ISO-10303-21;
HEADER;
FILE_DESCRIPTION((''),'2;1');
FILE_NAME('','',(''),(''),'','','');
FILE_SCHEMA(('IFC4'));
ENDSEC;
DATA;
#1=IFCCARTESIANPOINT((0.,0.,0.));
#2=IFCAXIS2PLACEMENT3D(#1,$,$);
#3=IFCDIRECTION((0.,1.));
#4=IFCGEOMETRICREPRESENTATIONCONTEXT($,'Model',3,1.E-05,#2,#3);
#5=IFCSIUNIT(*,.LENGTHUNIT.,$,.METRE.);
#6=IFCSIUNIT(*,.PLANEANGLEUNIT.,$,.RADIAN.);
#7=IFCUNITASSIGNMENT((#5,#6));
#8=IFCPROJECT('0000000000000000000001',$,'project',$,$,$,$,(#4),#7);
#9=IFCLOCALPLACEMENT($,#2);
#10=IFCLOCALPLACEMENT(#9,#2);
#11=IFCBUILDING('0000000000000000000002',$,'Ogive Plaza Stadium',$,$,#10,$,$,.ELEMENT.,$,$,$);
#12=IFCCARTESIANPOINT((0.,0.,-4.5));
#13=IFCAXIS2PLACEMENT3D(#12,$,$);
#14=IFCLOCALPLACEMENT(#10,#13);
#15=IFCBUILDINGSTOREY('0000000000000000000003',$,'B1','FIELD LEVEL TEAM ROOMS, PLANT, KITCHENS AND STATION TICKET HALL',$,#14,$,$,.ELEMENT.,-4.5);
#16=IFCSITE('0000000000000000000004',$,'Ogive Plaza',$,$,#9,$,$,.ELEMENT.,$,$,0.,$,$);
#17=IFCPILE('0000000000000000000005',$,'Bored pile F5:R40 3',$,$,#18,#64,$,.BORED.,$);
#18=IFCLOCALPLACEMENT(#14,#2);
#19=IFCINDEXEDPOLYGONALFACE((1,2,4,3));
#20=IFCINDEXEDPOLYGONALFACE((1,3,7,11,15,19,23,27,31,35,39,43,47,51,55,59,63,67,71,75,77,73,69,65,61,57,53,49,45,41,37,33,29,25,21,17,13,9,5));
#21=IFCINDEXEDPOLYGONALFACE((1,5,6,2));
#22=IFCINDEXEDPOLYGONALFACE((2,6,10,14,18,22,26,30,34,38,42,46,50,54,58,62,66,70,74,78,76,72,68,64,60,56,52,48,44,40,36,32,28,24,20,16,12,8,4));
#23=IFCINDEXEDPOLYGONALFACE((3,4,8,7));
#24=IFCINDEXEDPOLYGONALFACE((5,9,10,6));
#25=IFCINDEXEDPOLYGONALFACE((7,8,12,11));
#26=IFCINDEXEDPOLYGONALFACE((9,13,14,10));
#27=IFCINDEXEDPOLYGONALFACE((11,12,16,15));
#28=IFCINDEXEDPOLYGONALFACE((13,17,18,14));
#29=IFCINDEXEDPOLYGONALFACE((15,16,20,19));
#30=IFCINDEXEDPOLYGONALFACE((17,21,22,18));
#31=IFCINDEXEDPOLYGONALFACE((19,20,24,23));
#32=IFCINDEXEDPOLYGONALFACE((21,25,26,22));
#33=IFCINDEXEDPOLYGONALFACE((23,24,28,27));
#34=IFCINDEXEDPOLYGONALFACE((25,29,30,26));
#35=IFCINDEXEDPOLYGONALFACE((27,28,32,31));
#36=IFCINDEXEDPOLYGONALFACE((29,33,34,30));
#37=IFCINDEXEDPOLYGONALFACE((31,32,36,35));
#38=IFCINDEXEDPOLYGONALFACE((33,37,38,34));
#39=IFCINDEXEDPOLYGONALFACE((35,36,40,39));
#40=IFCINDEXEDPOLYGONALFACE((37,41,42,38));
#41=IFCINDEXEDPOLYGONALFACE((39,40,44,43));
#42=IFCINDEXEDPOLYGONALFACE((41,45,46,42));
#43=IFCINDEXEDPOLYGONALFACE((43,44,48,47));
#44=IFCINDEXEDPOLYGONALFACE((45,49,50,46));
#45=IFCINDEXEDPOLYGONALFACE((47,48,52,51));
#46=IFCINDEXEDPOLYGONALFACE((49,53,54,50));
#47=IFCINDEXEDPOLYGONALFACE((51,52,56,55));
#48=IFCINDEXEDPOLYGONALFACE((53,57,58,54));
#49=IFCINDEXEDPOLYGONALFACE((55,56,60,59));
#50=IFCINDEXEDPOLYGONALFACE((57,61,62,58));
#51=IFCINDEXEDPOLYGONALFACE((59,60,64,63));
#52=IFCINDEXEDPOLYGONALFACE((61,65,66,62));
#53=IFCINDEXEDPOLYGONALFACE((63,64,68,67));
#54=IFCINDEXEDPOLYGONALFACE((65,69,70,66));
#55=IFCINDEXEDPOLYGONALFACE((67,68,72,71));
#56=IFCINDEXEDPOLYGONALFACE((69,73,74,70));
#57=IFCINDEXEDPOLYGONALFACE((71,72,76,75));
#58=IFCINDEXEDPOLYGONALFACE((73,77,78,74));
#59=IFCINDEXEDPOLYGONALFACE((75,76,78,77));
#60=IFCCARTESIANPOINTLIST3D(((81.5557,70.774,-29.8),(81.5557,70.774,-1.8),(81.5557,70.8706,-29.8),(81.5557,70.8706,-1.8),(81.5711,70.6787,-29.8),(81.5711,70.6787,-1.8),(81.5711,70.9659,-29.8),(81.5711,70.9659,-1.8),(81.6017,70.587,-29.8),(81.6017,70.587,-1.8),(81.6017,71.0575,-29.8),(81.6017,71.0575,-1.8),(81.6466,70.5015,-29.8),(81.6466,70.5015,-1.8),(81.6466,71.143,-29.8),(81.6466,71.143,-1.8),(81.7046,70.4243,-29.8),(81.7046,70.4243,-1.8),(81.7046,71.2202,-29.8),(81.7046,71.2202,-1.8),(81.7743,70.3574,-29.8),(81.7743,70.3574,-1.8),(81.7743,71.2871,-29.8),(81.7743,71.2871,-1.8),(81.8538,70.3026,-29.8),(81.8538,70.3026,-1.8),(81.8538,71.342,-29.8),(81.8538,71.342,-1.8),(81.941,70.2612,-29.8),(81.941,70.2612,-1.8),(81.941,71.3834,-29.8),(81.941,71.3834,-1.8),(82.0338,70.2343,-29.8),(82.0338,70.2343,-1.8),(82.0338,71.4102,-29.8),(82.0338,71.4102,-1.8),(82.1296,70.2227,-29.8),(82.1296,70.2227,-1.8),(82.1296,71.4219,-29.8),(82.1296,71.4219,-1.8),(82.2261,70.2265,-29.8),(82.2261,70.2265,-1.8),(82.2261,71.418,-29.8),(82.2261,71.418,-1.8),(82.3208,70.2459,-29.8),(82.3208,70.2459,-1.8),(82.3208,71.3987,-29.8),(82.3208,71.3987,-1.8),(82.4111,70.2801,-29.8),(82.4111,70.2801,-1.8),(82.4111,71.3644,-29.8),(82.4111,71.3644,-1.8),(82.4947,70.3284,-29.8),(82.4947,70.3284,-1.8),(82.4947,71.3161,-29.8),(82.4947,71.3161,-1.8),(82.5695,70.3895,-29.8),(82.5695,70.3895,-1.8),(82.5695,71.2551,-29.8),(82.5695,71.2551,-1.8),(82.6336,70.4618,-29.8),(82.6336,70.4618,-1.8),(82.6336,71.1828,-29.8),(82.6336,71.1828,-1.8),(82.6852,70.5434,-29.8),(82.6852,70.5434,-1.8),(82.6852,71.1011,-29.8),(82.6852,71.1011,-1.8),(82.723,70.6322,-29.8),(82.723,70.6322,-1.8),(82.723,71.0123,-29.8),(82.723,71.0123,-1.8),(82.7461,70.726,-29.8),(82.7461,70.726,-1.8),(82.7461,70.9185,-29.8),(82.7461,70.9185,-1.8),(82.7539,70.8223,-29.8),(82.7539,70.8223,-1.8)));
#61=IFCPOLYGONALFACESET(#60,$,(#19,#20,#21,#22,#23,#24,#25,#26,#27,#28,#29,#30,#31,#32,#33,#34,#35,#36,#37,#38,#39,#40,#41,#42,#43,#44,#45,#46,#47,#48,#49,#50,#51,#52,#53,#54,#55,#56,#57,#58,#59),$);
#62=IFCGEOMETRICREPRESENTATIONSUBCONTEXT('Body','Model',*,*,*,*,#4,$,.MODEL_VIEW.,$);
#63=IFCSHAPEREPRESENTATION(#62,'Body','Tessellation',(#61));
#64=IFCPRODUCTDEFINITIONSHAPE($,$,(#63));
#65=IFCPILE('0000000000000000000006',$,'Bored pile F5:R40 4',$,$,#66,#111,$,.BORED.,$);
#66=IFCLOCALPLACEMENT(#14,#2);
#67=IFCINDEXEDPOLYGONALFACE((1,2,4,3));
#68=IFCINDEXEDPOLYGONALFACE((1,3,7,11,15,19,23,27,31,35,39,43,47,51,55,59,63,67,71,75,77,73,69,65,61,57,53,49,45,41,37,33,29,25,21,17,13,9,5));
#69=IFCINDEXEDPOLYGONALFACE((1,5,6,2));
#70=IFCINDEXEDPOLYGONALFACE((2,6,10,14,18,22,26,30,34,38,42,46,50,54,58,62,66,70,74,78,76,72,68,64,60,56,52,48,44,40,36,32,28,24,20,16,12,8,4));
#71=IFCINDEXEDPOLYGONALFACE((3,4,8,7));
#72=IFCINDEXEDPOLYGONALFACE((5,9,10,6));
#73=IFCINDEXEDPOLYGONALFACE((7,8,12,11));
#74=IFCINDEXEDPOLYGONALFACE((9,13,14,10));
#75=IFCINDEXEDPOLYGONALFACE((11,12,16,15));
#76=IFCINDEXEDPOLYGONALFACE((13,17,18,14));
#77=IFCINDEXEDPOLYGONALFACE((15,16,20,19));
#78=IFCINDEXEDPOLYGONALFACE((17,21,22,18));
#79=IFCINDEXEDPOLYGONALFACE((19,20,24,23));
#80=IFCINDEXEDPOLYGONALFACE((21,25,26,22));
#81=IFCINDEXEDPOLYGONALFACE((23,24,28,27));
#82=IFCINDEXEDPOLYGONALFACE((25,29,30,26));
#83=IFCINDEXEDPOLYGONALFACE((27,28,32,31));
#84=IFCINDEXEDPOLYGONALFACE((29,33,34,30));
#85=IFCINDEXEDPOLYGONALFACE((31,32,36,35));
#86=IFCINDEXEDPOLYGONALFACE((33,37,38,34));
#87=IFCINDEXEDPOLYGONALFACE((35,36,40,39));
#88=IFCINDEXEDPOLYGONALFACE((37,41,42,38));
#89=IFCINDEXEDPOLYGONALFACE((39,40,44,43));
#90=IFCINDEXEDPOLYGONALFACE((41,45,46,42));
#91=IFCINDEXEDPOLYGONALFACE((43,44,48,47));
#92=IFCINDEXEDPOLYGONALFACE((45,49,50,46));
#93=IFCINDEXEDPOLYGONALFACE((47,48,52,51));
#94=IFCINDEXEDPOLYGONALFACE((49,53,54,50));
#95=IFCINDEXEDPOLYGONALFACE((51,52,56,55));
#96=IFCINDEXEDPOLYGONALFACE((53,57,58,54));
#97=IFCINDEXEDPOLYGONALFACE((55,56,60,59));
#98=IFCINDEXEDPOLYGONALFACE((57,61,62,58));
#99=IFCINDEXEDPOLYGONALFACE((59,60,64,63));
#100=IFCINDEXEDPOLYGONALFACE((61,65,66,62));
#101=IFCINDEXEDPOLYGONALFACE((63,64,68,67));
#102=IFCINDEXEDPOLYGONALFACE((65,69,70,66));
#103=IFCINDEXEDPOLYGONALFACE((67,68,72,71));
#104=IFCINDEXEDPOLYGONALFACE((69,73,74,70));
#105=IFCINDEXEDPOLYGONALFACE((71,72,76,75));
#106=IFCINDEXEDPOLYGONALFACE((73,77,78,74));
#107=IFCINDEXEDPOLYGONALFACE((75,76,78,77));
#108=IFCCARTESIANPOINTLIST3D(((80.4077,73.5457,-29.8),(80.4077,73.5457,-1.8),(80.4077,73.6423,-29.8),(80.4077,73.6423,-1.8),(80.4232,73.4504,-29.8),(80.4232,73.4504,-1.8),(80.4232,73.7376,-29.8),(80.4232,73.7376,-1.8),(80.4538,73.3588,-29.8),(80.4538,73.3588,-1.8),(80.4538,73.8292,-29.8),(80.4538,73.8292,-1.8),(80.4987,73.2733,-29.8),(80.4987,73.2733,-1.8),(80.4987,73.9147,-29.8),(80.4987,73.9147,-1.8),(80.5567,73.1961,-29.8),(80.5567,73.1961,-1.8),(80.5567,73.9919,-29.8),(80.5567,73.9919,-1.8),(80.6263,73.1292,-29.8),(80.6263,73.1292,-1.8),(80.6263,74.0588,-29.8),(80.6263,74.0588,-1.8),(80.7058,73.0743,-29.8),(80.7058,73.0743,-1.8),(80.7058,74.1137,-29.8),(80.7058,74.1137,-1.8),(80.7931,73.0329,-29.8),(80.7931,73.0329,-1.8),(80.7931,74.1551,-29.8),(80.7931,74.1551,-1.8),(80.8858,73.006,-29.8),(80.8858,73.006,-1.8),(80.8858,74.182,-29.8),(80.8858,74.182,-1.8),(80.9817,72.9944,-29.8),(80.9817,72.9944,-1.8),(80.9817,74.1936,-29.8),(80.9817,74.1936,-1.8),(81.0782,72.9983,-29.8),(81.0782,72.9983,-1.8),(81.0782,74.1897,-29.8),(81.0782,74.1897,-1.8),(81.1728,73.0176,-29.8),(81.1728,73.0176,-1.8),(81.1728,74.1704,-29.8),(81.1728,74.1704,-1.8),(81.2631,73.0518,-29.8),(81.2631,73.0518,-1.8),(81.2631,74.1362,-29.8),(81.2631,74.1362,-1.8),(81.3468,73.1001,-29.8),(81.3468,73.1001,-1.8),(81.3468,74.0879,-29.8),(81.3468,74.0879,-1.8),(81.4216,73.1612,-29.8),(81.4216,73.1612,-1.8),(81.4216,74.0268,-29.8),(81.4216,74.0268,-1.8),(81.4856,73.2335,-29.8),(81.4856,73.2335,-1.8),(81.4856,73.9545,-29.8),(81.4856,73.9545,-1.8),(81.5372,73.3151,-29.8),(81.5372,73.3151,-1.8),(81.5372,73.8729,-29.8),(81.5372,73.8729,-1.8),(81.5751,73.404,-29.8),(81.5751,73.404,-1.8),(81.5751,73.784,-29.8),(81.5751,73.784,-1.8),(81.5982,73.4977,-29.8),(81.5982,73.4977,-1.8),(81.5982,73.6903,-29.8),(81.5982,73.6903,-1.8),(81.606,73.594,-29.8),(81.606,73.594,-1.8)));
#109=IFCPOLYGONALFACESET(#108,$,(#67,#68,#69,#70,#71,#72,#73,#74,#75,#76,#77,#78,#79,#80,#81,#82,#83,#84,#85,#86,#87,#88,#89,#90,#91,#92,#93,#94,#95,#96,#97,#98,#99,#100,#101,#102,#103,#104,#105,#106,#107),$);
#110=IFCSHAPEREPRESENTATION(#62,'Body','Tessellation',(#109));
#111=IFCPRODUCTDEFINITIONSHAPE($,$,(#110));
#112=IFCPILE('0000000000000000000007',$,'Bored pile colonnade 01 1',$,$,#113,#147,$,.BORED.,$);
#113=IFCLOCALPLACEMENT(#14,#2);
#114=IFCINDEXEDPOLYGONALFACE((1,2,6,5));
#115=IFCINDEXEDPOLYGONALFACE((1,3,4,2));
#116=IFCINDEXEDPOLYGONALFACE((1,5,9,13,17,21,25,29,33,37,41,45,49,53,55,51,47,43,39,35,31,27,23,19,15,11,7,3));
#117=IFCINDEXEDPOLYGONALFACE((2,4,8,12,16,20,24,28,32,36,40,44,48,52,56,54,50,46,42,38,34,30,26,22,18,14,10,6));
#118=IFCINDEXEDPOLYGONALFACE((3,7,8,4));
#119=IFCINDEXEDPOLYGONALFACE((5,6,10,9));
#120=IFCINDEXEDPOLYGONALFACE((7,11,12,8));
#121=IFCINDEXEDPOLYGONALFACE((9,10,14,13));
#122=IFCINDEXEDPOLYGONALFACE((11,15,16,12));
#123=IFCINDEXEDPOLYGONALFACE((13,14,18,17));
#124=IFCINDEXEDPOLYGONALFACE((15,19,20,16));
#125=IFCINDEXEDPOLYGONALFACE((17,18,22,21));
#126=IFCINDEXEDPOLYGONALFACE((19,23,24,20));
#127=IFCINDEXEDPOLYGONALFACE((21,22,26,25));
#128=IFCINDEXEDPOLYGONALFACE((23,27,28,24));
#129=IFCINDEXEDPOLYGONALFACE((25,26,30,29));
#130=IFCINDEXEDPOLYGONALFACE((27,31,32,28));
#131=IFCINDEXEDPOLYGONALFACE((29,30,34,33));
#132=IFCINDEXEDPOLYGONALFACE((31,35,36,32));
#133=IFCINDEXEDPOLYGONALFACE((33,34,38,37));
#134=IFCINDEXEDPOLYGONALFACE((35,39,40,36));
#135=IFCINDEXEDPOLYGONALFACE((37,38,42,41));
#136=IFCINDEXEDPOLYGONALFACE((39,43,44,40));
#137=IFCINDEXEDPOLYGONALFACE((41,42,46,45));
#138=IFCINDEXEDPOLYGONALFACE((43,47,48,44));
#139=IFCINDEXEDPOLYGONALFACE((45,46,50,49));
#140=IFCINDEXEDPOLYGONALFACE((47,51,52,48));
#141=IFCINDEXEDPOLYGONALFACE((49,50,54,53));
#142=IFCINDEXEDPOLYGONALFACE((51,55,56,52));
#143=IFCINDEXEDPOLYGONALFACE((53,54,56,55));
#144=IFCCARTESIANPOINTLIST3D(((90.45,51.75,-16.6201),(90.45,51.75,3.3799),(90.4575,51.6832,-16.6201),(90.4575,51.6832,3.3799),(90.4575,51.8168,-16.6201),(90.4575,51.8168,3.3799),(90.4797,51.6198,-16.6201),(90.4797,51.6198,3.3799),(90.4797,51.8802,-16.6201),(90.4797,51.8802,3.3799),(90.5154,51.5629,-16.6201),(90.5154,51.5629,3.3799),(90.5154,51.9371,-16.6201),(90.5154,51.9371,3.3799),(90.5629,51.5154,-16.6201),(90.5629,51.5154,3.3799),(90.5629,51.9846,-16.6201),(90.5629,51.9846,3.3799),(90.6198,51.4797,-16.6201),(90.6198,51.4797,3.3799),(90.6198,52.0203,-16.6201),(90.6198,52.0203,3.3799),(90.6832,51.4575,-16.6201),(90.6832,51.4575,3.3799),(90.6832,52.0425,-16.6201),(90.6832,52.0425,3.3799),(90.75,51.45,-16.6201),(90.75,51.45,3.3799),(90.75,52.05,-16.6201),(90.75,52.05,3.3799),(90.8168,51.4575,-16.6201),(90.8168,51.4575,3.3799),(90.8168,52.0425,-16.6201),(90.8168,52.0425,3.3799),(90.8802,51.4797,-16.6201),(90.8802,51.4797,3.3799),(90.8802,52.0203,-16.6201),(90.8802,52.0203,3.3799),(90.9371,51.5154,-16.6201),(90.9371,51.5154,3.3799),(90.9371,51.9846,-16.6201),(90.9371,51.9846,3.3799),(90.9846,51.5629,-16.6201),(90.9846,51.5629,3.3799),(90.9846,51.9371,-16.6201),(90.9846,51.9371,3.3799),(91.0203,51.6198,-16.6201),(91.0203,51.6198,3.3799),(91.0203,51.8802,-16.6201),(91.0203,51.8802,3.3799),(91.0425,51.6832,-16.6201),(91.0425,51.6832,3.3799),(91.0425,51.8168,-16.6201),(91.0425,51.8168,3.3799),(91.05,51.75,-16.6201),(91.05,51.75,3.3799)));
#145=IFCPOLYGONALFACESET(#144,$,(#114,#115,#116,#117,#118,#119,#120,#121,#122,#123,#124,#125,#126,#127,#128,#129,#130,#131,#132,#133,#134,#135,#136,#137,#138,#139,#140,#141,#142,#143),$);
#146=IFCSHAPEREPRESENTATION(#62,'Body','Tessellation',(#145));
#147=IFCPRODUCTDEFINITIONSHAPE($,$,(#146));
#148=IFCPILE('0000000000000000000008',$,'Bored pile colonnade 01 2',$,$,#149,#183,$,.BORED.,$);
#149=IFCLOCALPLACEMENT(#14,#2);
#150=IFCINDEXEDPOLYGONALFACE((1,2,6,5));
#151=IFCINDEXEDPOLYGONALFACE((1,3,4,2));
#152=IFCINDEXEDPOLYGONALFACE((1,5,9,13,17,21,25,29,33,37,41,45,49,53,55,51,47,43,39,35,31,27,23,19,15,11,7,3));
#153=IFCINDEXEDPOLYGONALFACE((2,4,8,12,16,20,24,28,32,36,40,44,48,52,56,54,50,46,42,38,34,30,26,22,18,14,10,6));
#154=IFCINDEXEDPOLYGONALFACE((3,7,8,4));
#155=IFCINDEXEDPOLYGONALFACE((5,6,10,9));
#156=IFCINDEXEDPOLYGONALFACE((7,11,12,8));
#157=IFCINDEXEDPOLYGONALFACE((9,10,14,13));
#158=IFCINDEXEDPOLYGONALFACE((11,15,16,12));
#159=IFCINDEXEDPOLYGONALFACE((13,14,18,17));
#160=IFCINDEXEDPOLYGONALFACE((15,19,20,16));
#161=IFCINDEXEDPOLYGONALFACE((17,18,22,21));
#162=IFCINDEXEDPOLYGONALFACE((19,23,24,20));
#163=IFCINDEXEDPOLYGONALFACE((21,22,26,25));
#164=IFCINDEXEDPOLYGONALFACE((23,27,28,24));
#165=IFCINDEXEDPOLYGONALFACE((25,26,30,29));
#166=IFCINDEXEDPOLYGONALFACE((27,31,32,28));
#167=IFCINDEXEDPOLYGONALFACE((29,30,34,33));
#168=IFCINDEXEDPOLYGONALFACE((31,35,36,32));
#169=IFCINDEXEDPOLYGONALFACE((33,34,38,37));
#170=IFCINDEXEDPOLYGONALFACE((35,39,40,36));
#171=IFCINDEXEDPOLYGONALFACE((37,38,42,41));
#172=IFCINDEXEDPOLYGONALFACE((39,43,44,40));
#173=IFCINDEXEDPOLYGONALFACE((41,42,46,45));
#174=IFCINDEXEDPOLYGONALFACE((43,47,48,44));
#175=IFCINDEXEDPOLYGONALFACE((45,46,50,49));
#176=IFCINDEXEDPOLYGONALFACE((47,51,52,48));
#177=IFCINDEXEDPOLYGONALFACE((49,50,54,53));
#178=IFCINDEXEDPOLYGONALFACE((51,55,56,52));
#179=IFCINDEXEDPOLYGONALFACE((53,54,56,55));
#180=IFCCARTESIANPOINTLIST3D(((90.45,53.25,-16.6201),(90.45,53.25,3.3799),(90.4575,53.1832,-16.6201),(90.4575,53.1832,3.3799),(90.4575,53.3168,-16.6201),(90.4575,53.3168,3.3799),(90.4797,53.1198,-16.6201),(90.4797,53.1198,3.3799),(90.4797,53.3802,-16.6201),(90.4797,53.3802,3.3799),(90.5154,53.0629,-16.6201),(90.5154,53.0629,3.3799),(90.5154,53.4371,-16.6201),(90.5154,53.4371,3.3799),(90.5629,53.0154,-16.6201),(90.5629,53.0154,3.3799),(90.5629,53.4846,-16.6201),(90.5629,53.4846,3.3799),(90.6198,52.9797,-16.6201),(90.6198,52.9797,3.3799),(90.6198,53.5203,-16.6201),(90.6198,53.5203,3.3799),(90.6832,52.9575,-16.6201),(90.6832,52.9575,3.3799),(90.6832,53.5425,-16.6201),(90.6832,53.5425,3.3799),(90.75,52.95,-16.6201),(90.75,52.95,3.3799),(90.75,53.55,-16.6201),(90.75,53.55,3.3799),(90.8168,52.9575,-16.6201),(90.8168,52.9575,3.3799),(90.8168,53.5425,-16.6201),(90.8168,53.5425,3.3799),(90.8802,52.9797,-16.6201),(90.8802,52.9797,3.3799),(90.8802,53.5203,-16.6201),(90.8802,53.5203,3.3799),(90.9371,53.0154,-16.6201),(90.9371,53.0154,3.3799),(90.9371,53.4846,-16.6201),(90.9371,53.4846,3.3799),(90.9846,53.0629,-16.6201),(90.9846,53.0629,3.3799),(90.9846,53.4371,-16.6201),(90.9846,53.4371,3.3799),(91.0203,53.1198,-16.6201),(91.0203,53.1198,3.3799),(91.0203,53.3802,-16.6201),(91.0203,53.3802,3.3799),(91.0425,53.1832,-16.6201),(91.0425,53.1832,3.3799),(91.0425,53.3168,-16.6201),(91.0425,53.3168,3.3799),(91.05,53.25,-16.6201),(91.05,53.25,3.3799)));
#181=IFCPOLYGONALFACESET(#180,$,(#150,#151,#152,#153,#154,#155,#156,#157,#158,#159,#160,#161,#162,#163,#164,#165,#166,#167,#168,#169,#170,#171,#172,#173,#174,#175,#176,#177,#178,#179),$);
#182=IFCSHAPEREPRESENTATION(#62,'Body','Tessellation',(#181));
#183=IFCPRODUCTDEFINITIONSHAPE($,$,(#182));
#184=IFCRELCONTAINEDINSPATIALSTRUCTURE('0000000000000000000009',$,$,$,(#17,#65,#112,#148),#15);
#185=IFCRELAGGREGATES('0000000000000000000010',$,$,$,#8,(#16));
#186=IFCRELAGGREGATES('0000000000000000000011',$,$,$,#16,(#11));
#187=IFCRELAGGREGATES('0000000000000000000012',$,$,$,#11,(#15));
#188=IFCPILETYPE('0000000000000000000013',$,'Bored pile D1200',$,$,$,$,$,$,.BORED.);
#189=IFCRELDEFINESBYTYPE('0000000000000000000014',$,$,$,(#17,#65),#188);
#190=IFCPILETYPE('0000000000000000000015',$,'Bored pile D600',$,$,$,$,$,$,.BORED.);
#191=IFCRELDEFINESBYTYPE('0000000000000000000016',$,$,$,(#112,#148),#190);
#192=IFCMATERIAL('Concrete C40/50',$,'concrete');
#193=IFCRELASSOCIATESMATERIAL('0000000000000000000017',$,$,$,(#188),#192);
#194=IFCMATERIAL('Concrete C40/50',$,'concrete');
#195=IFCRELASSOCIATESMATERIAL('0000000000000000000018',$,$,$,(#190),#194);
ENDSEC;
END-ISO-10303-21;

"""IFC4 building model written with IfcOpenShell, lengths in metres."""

from ifc_helpers import new_model, si_unit, direction, frame, origin, origin_2d, place, context, subcontext, project, spatial, circle, extrude, material, material_profile, profile_set, type_object, element, save


model = new_model("IFC4")

# Units and contexts
model_context = context("Model", 3, precision=1e-05, world=origin(), true_north=direction((0.0, 1.0)))
body_context = subcontext(model_context, "Body", "Model", "MODEL_VIEW")
ifc_project = project(units=[si_unit("LENGTHUNIT", "METRE"), si_unit("PLANEANGLEUNIT", "RADIAN")], contexts=[model_context])

# Site, building, storey
site_placement = place(None, origin())
site = spatial("IfcSite", under=ifc_project, at=site_placement, Name="Ogive Plaza", CompositionType="ELEMENT", RefElevation=0.0)
building_placement = place(site_placement, origin())
building = spatial("IfcBuilding", under=site, at=building_placement, Name="Ogive Plaza Stadium", CompositionType="ELEMENT")
storey_placement = place(building_placement, frame((0.0, 0.0, -4.5)))
storey = spatial("IfcBuildingStorey", under=building, at=storey_placement, Name="B1", Description="FIELD LEVEL TEAM ROOMS, PLANT, KITCHENS AND STATION TICKET HALL", CompositionType="ELEMENT", Elevation=-4.5)

# Piles
ifc_material_1 = material(Name="Concrete C40/50", Category="concrete")
ifc_material_profile_1 = material_profile(ifc_material_1, circle(Radius=0.6001, at=origin_2d()), Name="RC D1200")
ifc_profile_set_1 = profile_set([ifc_material_profile_1], Name="Concrete C40/50")
pile_type_1 = type_object("IfcPileType", Name="Bored pile D1200", PredefinedType="BORED", material=ifc_profile_set_1)
for number, where, z_axis, x_axis, name in (
    (1, (82.1538, 70.8223, -1.8), (0.0, 0.0, -1.0), (1.0, 0.0, 0.0), "Bored pile F5:R40 3"),
    (2, (81.0059, 73.594, -1.8), (0.0, 0.0, -1.0), (1.0, 0.0, 0.0), "Bored pile F5:R40 4"),
):
    element("IfcPile", number, at=place(storey_placement, frame(where, z_axis=z_axis, x_axis=x_axis)), inside=storey, type_object=pile_type_1, Name=name, PredefinedType="BORED", context=body_context, shape_type="SweptSolid", body=[
        extrude(circle(Radius=0.6001, at=origin_2d()), origin(), (0.0, 0.0, 1.0), 28.0),
    ])
ifc_material_2 = material(Name="Concrete C40/50", Category="concrete")
ifc_material_profile_2 = material_profile(ifc_material_2, circle(Radius=0.3, at=origin_2d()), Name="RC D600")
ifc_profile_set_2 = profile_set([ifc_material_profile_2], Name="Concrete C40/50")
pile_type_2 = type_object("IfcPileType", Name="Bored pile D600", PredefinedType="BORED", material=ifc_profile_set_2)
for number, where, z_axis, x_axis, name in (
    (3, (90.75, 51.75, 3.3799), (0.0, 0.0, -1.0), (1.0, 0.0, 0.0), "Bored pile colonnade 01 1"),
    (4, (90.75, 53.25, 3.3799), (0.0, 0.0, -1.0), (1.0, 0.0, 0.0), "Bored pile colonnade 01 2"),
):
    element("IfcPile", number, at=place(storey_placement, frame(where, z_axis=z_axis, x_axis=x_axis)), inside=storey, type_object=pile_type_2, Name=name, PredefinedType="BORED", context=body_context, shape_type="SweptSolid", body=[
        extrude(circle(Radius=0.3, at=origin_2d()), origin(), (0.0, 0.0, 1.0), 20.0),
    ])

save(model, "model.ifc")
